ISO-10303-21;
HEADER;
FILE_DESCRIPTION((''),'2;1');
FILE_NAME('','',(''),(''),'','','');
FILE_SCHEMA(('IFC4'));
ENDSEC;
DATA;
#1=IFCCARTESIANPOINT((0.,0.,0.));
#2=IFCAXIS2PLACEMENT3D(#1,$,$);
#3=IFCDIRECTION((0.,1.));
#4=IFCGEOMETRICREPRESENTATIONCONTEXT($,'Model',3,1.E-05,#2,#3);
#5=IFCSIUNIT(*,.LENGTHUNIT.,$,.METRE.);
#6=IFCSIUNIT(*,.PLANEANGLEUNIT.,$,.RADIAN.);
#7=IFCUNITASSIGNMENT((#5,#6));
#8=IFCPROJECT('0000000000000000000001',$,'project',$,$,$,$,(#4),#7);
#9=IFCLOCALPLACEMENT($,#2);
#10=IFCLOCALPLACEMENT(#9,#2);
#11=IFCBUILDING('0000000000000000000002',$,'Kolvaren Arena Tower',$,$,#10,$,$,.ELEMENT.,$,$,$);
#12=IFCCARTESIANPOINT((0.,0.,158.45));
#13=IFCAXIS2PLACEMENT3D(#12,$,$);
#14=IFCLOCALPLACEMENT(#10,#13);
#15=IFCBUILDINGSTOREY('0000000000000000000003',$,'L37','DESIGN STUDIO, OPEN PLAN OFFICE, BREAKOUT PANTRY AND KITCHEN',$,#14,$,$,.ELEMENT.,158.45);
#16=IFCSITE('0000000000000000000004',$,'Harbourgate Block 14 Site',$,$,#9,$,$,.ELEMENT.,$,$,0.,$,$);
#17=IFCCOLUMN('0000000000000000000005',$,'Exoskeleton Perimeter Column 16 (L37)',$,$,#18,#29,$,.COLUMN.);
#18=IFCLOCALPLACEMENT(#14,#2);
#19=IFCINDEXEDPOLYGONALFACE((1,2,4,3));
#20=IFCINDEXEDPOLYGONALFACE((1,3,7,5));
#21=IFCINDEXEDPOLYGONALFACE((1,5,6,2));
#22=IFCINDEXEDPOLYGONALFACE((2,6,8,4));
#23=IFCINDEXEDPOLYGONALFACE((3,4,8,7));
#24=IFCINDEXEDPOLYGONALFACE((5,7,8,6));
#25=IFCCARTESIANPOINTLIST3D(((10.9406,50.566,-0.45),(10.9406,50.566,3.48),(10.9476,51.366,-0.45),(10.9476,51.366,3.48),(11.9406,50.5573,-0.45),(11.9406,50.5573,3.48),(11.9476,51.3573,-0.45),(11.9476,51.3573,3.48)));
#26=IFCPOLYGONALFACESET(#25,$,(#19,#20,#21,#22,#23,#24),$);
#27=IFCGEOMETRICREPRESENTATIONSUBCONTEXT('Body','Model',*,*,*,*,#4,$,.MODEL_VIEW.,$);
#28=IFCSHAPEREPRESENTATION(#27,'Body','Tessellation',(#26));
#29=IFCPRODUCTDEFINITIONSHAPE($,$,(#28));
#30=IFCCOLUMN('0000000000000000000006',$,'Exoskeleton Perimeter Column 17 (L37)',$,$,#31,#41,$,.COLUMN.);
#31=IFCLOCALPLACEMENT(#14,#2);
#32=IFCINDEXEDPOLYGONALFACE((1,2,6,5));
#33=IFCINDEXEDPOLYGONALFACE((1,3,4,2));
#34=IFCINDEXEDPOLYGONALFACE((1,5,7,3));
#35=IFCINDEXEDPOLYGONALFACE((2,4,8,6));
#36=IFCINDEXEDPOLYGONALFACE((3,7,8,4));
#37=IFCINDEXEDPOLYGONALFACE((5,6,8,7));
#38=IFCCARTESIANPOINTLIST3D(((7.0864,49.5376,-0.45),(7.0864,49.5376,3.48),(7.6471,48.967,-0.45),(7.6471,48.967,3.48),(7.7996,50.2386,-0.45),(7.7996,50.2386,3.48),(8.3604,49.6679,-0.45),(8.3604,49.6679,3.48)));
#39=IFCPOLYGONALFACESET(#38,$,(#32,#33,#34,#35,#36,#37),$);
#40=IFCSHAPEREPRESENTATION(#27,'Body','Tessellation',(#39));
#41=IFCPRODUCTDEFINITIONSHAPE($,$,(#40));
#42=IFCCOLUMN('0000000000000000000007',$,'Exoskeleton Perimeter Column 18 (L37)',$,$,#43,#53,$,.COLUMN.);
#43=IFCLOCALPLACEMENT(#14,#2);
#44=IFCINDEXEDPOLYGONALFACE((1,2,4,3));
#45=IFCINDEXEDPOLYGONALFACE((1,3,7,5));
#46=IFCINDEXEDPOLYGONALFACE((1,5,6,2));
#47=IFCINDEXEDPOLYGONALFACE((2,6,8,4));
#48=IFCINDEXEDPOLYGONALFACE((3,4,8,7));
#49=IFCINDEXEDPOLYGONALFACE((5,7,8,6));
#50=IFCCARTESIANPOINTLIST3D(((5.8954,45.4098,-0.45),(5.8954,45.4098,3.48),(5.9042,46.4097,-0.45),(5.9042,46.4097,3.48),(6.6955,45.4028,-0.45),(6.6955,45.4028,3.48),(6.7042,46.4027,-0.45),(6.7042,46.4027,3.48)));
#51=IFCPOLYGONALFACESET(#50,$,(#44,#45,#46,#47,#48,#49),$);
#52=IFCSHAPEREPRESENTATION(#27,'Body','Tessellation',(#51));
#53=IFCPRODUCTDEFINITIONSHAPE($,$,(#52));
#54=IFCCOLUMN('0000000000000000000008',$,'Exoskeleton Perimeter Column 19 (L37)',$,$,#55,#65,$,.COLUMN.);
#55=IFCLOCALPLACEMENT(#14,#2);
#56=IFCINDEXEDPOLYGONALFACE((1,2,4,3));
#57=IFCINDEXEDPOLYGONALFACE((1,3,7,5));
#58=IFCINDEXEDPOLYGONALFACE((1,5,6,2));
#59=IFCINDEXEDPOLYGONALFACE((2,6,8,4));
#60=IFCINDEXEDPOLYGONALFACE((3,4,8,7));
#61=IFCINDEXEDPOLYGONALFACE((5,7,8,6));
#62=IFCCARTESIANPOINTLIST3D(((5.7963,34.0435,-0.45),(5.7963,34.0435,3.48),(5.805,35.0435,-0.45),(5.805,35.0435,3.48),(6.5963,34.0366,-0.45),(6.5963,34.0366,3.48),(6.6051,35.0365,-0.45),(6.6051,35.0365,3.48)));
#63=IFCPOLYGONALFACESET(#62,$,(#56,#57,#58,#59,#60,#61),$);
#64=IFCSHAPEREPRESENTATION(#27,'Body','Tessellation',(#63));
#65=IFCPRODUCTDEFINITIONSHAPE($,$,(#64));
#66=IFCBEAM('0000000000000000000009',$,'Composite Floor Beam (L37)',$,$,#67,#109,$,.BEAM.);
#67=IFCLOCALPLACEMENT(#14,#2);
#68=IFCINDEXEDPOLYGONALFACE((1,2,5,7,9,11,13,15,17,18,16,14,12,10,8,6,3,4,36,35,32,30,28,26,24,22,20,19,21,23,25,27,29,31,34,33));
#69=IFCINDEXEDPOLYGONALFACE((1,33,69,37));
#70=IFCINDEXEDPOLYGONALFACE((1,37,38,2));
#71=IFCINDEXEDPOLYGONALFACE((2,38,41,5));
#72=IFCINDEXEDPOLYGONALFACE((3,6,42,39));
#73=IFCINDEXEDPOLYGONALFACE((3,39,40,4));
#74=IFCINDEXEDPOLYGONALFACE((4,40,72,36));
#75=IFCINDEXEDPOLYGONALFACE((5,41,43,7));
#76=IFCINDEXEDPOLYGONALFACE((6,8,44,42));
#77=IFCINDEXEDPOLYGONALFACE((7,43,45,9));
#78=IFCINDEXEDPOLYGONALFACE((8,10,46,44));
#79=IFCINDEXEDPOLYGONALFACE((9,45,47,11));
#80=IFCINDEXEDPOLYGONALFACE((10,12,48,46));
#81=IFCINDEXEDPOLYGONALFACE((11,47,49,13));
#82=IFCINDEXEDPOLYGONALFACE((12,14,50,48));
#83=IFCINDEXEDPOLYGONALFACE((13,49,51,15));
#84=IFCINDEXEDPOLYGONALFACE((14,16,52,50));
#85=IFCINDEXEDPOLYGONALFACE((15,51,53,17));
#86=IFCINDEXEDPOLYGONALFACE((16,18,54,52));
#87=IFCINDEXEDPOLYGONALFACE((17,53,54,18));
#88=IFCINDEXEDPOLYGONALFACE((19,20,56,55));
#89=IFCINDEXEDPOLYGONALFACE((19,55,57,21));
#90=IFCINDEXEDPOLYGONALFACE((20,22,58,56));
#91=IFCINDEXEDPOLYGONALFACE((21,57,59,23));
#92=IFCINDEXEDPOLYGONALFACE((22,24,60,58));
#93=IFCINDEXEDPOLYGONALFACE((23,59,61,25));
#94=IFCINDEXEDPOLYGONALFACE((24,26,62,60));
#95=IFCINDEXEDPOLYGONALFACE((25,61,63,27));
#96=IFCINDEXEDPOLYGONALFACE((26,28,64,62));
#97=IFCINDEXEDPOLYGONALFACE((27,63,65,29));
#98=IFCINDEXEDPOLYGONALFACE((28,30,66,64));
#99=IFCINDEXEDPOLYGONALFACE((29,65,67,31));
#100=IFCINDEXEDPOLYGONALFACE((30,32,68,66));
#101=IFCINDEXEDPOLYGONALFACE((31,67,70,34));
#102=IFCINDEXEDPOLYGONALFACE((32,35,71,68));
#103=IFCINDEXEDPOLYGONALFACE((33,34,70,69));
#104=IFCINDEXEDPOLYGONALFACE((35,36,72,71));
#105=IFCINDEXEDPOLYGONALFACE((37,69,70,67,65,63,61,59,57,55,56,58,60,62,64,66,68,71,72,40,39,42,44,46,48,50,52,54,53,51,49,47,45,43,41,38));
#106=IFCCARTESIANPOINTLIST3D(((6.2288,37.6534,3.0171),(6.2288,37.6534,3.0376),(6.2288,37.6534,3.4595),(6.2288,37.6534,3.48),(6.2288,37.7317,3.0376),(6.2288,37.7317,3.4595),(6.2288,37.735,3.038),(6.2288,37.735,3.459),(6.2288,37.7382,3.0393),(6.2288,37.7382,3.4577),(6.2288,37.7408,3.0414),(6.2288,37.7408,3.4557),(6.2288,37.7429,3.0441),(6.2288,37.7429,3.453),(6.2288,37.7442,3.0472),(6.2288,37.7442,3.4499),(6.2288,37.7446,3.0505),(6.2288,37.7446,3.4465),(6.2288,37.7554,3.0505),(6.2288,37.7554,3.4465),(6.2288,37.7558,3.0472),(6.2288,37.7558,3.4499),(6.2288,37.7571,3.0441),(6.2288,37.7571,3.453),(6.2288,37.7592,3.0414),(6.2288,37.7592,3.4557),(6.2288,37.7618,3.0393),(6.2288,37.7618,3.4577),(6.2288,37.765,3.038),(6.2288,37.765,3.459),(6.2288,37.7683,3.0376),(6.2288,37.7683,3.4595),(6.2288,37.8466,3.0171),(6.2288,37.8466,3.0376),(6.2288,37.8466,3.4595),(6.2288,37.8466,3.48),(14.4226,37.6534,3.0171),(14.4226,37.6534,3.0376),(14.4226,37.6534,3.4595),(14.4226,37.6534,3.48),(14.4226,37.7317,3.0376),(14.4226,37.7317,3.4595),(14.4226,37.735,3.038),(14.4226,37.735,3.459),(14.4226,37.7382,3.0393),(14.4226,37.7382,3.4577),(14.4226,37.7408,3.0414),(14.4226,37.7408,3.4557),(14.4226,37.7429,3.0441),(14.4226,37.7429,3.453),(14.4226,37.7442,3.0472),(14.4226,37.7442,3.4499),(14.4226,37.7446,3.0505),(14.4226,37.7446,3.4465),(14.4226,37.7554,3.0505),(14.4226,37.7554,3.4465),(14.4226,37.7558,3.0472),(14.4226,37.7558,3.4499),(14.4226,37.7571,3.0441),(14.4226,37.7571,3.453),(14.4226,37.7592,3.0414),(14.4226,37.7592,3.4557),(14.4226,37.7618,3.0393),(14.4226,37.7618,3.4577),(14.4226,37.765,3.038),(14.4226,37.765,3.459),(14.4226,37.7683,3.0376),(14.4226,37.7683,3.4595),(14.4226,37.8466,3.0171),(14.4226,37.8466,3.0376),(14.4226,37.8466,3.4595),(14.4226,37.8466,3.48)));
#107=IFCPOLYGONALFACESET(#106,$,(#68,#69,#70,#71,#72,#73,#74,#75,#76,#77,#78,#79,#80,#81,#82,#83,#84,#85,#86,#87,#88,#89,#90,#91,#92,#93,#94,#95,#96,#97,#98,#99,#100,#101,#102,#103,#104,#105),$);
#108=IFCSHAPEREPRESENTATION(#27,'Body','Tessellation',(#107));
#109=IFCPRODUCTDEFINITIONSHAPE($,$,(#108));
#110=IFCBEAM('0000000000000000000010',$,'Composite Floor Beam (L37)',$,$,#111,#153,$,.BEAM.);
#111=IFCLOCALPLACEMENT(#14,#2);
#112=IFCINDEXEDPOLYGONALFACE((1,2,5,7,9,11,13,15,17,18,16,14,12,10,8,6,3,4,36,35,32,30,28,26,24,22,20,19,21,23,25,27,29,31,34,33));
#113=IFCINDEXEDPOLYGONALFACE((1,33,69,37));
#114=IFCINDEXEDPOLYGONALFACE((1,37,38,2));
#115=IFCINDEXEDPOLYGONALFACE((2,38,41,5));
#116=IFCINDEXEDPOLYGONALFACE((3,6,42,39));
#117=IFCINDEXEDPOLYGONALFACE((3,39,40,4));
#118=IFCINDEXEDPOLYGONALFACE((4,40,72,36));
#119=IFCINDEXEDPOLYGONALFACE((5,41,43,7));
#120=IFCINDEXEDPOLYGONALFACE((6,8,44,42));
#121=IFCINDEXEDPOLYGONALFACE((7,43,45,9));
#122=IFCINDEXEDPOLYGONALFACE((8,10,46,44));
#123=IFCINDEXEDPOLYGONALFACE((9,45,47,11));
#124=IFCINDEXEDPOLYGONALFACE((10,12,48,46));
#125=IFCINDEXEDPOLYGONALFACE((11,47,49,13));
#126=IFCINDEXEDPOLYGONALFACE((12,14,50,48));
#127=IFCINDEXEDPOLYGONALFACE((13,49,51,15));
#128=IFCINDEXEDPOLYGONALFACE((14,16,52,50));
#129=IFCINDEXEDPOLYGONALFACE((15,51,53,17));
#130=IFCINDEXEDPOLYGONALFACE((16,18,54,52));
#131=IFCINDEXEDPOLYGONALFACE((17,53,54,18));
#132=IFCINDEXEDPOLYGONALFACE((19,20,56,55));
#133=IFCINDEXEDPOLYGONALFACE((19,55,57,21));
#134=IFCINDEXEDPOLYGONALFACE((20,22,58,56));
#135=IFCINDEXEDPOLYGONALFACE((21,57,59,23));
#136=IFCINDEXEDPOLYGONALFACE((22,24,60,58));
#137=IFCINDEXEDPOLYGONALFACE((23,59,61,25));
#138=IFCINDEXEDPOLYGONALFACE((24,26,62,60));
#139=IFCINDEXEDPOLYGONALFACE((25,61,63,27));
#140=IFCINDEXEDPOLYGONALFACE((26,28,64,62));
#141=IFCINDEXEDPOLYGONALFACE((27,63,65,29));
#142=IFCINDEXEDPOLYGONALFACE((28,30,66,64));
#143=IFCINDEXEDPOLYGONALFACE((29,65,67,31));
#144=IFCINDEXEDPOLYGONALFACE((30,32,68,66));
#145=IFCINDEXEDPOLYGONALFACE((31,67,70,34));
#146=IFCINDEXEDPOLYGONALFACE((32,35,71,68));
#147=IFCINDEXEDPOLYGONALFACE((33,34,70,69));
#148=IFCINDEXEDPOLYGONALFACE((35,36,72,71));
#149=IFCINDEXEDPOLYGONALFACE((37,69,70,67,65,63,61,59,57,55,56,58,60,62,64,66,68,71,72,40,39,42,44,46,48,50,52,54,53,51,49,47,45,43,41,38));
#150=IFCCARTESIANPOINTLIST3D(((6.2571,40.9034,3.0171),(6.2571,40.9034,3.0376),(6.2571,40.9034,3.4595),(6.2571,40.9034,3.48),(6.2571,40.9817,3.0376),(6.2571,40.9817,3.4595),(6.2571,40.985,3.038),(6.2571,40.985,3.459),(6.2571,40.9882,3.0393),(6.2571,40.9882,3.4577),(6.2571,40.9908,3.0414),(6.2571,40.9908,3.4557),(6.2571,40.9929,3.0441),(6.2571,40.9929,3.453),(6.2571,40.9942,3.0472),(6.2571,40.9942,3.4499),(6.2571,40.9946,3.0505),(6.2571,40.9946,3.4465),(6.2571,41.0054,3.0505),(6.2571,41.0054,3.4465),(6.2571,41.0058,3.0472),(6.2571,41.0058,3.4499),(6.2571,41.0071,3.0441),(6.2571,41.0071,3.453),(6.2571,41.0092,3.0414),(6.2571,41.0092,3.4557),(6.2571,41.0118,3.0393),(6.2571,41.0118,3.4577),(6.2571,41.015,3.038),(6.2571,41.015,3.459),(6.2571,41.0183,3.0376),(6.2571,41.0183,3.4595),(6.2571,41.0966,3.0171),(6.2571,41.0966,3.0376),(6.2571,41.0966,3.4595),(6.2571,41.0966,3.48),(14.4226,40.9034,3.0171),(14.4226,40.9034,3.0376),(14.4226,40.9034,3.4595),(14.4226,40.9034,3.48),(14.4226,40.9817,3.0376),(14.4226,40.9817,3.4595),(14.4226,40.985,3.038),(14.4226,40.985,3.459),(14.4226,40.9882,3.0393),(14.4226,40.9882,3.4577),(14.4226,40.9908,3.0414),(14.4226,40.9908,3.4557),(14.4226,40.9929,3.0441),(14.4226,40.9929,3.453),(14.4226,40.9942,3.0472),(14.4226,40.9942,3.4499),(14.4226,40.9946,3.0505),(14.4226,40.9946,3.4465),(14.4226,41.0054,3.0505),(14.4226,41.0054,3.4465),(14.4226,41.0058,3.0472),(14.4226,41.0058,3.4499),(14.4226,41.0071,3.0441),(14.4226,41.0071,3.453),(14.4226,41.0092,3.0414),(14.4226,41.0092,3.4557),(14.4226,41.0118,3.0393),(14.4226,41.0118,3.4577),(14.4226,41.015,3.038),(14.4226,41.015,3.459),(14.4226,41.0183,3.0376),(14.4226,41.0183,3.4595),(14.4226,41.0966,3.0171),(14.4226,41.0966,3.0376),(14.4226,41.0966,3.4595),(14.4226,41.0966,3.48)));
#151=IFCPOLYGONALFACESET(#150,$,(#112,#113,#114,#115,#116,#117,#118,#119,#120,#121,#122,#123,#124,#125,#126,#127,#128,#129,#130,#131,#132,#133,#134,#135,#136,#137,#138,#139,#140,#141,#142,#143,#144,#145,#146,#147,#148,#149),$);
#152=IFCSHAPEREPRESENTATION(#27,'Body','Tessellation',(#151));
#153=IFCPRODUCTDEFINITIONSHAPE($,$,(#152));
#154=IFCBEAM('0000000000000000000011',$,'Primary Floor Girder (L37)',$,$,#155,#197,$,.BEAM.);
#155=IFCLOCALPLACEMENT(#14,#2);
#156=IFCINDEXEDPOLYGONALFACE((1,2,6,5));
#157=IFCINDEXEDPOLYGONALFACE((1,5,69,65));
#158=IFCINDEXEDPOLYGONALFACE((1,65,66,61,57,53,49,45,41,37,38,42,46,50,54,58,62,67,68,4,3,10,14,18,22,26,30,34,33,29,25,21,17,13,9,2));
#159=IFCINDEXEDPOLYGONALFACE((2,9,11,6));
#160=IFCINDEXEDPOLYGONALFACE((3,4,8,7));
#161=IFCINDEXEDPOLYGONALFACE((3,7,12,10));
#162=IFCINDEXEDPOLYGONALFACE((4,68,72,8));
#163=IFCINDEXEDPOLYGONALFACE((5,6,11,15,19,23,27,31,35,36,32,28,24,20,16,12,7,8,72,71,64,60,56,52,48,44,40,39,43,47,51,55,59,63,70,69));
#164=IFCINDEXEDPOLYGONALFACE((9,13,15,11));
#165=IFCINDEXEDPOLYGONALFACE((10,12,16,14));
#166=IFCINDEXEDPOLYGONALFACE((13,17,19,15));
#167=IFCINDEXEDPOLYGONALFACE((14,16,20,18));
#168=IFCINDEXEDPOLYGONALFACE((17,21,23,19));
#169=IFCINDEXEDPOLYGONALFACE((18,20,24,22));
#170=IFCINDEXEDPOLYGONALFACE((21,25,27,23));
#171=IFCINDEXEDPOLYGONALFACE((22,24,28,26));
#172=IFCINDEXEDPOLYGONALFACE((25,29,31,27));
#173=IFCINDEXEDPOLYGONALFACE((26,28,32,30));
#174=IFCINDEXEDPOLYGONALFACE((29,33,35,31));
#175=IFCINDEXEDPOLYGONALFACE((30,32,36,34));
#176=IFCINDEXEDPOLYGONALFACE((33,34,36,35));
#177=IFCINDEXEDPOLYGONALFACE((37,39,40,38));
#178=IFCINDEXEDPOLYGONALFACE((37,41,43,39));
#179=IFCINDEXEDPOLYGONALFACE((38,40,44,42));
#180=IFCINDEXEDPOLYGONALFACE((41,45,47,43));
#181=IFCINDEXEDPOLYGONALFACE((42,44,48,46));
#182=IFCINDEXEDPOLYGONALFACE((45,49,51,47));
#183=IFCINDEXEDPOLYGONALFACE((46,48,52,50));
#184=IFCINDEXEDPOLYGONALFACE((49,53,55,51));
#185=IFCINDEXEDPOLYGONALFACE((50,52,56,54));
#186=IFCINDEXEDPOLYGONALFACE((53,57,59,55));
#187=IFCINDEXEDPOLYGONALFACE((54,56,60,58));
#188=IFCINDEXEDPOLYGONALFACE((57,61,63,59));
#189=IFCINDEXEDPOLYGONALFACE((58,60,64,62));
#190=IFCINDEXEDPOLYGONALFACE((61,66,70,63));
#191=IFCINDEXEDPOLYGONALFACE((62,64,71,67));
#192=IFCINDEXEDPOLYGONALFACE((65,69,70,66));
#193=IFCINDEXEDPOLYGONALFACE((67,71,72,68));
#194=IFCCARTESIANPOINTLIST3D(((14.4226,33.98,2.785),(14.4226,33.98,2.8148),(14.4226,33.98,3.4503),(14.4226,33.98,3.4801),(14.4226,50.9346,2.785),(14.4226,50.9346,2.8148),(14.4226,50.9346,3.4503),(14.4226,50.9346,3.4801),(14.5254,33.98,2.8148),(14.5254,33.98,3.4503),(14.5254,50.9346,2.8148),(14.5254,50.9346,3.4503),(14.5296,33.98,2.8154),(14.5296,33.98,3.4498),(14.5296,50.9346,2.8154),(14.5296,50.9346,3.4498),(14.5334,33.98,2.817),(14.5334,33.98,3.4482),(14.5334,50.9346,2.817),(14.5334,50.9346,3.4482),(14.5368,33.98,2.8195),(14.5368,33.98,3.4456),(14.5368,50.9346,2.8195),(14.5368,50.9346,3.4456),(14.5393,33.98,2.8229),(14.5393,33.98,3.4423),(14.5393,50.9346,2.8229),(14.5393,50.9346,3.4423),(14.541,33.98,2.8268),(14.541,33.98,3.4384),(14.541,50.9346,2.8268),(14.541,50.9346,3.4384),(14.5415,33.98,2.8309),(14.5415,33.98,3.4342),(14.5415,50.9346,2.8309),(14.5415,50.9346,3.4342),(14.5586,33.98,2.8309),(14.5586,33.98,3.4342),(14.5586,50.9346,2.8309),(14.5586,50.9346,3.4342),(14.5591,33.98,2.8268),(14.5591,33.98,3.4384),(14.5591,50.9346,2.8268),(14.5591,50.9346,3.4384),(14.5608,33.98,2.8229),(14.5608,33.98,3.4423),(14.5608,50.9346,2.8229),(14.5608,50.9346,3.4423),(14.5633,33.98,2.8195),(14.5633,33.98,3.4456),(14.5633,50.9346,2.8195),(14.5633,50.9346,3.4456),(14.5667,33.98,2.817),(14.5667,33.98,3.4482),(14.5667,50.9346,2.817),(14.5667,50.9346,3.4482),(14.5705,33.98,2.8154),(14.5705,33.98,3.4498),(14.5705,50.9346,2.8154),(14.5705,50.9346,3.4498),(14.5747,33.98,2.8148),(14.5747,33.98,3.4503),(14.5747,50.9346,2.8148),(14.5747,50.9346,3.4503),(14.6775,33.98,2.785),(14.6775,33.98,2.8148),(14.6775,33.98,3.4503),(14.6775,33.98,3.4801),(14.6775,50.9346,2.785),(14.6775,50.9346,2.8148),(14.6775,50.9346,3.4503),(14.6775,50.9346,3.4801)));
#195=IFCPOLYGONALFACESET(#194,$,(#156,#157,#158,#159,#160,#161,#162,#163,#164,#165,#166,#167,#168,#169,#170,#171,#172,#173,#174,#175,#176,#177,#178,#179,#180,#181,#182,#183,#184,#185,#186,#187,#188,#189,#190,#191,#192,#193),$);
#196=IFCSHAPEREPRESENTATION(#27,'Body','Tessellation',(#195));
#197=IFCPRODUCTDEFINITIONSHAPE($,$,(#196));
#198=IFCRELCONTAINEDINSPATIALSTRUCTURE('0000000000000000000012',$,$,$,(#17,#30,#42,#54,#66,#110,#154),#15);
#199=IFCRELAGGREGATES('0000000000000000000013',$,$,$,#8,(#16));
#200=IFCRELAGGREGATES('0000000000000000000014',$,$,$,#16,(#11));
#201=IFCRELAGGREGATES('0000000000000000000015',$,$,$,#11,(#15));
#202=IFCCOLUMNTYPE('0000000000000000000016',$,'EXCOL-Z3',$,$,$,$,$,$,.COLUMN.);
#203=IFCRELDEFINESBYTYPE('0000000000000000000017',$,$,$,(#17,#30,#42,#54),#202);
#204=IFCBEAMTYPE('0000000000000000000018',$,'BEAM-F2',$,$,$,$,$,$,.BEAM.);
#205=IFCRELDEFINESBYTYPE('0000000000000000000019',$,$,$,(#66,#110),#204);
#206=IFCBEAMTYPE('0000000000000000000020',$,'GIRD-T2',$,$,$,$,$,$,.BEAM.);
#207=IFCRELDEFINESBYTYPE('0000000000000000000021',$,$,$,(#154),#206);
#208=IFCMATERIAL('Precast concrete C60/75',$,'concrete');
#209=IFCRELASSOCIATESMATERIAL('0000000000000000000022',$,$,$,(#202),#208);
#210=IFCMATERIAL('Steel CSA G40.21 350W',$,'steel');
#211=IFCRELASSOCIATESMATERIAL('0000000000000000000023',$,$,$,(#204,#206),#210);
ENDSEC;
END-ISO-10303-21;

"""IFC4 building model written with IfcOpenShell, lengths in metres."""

from ifc_helpers import new_model, si_unit, direction, frame, origin, origin_2d, place, context, subcontext, project, spatial, rectangle, i_section, extrude, material, material_profile, profile_set, type_object, element, save


model = new_model("IFC4")

# Units and contexts
model_context = context("Model", 3, precision=1e-05, world=origin(), true_north=direction((0.0, 1.0)))
body_context = subcontext(model_context, "Body", "Model", "MODEL_VIEW")
ifc_project = project(units=[si_unit("LENGTHUNIT", "METRE"), si_unit("PLANEANGLEUNIT", "RADIAN")], contexts=[model_context])

# Site, building, storey
site_placement = place(None, origin())
site = spatial("IfcSite", under=ifc_project, at=site_placement, Name="Harbourgate Block 14 Site", CompositionType="ELEMENT", RefElevation=0.0)
building_placement = place(site_placement, origin())
building = spatial("IfcBuilding", under=site, at=building_placement, Name="Kolvaren Arena Tower", CompositionType="ELEMENT")
storey_placement = place(building_placement, frame((0.0, 0.0, 158.45)))
storey = spatial("IfcBuildingStorey", under=building, at=storey_placement, Name="L37", Description="DESIGN STUDIO, OPEN PLAN OFFICE, BREAKOUT PANTRY AND KITCHEN", CompositionType="ELEMENT", Elevation=158.45)

# Columns
ifc_material_1 = material(Name="Precast concrete C60/75", Category="concrete")
ifc_material_profile_1 = material_profile(ifc_material_1, rectangle(XDim=1.0, YDim=0.8, at=origin_2d()), Name="RC-1000x800")
ifc_profile_set_1 = profile_set([ifc_material_profile_1], Name="Precast concrete C60/75")
column_type = type_object("IfcColumnType", Name="EXCOL-Z3", PredefinedType="COLUMN", material=ifc_profile_set_1)
for number, where, z_axis, x_axis, name in (
    (1, (11.4441, 50.9617, -0.45), (0.0, 0.0, 1.0), (0.999962, -0.008727, 0.0), "Exoskeleton Perimeter Column 16 (L37)"),
    (2, (7.7234, 49.6028, -0.45), (0.0, 0.0, 1.0), (0.71325, 0.700909, 0.0), "Exoskeleton Perimeter Column 17 (L37)"),
    (3, (6.2998, 45.9062, -0.45), (0.0, 0.0, 1.0), (0.008727, 0.999962, 0.0), "Exoskeleton Perimeter Column 18 (L37)"),
    (4, (6.2007, 34.54, -0.45), (0.0, 0.0, 1.0), (0.008727, 0.999962, 0.0), "Exoskeleton Perimeter Column 19 (L37)"),
):
    element("IfcColumn", number, at=place(storey_placement, frame(where, z_axis=z_axis, x_axis=x_axis)), inside=storey, type_object=column_type, Name=name, PredefinedType="COLUMN", context=body_context, shape_type="SweptSolid", body=[
        extrude(rectangle(XDim=1.0, YDim=0.8, at=origin_2d()), origin(), (0.0, 0.0, 1.0), 3.9299),
    ])

# Beams
ifc_material_2 = material(Name="Steel CSA G40.21 350W", Category="steel")
ifc_material_profile_2 = material_profile(ifc_material_2, i_section(OverallWidth=0.1931, OverallDepth=0.4629, WebThickness=0.0107, FlangeThickness=0.0205, FilletRadius=0.0129, at=origin_2d()), Name="W460x113")
ifc_profile_set_2 = profile_set([ifc_material_profile_2], Name="Steel CSA G40.21 350W")
beam_type_1 = type_object("IfcBeamType", Name="BEAM-F2", PredefinedType="BEAM", material=ifc_profile_set_2)
beam_1_placement = place(storey_placement, frame((6.2288, 37.75, 3.2485), z_axis=(1.0, 0.0, 0.0), x_axis=(0.0, 1.0, 0.0)))
element("IfcBeam", 5, at=beam_1_placement, inside=storey, type_object=beam_type_1, Name="Composite Floor Beam (L37)", PredefinedType="BEAM", context=body_context, shape_type="SweptSolid", body=[
    extrude(i_section(OverallWidth=0.1931, OverallDepth=0.4629, WebThickness=0.0107, FlangeThickness=0.0205, FilletRadius=0.0129, at=origin_2d()), origin(), (0.0, 0.0, 1.0), 8.1938),
])
beam_2_placement = place(storey_placement, frame((6.2571, 41.0, 3.2485), z_axis=(1.0, 0.0, 0.0), x_axis=(0.0, 1.0, 0.0)))
element("IfcBeam", 6, at=beam_2_placement, inside=storey, type_object=beam_type_1, Name="Composite Floor Beam (L37)", PredefinedType="BEAM", context=body_context, shape_type="SweptSolid", body=[
    extrude(i_section(OverallWidth=0.1931, OverallDepth=0.4629, WebThickness=0.0107, FlangeThickness=0.0205, FilletRadius=0.0129, at=origin_2d()), origin(), (0.0, 0.0, 1.0), 8.1655),
])
ifc_material_profile_3 = material_profile(ifc_material_2, i_section(OverallWidth=0.2549, OverallDepth=0.6951, WebThickness=0.0171, FlangeThickness=0.0298, FilletRadius=0.0161, at=origin_2d()), Name="W690x217")
ifc_profile_set_3 = profile_set([ifc_material_profile_3], Name="Steel CSA G40.21 350W")
beam_type_2 = type_object("IfcBeamType", Name="GIRD-T2", PredefinedType="BEAM", material=ifc_profile_set_3)
beam_3_placement = place(storey_placement, frame((14.55, 33.98, 3.1326), z_axis=(0.0, 1.0, 0.0), x_axis=(-1.0, 0.0, 0.0)))
element("IfcBeam", 7, at=beam_3_placement, inside=storey, type_object=beam_type_2, Name="Primary Floor Girder (L37)", PredefinedType="BEAM", context=body_context, shape_type="SweptSolid", body=[
    extrude(i_section(OverallWidth=0.2549, OverallDepth=0.6951, WebThickness=0.0171, FlangeThickness=0.0298, FilletRadius=0.0161, at=origin_2d()), origin(), (0.0, 0.0, 1.0), 16.9546),
])

save(model, "model.ifc")
